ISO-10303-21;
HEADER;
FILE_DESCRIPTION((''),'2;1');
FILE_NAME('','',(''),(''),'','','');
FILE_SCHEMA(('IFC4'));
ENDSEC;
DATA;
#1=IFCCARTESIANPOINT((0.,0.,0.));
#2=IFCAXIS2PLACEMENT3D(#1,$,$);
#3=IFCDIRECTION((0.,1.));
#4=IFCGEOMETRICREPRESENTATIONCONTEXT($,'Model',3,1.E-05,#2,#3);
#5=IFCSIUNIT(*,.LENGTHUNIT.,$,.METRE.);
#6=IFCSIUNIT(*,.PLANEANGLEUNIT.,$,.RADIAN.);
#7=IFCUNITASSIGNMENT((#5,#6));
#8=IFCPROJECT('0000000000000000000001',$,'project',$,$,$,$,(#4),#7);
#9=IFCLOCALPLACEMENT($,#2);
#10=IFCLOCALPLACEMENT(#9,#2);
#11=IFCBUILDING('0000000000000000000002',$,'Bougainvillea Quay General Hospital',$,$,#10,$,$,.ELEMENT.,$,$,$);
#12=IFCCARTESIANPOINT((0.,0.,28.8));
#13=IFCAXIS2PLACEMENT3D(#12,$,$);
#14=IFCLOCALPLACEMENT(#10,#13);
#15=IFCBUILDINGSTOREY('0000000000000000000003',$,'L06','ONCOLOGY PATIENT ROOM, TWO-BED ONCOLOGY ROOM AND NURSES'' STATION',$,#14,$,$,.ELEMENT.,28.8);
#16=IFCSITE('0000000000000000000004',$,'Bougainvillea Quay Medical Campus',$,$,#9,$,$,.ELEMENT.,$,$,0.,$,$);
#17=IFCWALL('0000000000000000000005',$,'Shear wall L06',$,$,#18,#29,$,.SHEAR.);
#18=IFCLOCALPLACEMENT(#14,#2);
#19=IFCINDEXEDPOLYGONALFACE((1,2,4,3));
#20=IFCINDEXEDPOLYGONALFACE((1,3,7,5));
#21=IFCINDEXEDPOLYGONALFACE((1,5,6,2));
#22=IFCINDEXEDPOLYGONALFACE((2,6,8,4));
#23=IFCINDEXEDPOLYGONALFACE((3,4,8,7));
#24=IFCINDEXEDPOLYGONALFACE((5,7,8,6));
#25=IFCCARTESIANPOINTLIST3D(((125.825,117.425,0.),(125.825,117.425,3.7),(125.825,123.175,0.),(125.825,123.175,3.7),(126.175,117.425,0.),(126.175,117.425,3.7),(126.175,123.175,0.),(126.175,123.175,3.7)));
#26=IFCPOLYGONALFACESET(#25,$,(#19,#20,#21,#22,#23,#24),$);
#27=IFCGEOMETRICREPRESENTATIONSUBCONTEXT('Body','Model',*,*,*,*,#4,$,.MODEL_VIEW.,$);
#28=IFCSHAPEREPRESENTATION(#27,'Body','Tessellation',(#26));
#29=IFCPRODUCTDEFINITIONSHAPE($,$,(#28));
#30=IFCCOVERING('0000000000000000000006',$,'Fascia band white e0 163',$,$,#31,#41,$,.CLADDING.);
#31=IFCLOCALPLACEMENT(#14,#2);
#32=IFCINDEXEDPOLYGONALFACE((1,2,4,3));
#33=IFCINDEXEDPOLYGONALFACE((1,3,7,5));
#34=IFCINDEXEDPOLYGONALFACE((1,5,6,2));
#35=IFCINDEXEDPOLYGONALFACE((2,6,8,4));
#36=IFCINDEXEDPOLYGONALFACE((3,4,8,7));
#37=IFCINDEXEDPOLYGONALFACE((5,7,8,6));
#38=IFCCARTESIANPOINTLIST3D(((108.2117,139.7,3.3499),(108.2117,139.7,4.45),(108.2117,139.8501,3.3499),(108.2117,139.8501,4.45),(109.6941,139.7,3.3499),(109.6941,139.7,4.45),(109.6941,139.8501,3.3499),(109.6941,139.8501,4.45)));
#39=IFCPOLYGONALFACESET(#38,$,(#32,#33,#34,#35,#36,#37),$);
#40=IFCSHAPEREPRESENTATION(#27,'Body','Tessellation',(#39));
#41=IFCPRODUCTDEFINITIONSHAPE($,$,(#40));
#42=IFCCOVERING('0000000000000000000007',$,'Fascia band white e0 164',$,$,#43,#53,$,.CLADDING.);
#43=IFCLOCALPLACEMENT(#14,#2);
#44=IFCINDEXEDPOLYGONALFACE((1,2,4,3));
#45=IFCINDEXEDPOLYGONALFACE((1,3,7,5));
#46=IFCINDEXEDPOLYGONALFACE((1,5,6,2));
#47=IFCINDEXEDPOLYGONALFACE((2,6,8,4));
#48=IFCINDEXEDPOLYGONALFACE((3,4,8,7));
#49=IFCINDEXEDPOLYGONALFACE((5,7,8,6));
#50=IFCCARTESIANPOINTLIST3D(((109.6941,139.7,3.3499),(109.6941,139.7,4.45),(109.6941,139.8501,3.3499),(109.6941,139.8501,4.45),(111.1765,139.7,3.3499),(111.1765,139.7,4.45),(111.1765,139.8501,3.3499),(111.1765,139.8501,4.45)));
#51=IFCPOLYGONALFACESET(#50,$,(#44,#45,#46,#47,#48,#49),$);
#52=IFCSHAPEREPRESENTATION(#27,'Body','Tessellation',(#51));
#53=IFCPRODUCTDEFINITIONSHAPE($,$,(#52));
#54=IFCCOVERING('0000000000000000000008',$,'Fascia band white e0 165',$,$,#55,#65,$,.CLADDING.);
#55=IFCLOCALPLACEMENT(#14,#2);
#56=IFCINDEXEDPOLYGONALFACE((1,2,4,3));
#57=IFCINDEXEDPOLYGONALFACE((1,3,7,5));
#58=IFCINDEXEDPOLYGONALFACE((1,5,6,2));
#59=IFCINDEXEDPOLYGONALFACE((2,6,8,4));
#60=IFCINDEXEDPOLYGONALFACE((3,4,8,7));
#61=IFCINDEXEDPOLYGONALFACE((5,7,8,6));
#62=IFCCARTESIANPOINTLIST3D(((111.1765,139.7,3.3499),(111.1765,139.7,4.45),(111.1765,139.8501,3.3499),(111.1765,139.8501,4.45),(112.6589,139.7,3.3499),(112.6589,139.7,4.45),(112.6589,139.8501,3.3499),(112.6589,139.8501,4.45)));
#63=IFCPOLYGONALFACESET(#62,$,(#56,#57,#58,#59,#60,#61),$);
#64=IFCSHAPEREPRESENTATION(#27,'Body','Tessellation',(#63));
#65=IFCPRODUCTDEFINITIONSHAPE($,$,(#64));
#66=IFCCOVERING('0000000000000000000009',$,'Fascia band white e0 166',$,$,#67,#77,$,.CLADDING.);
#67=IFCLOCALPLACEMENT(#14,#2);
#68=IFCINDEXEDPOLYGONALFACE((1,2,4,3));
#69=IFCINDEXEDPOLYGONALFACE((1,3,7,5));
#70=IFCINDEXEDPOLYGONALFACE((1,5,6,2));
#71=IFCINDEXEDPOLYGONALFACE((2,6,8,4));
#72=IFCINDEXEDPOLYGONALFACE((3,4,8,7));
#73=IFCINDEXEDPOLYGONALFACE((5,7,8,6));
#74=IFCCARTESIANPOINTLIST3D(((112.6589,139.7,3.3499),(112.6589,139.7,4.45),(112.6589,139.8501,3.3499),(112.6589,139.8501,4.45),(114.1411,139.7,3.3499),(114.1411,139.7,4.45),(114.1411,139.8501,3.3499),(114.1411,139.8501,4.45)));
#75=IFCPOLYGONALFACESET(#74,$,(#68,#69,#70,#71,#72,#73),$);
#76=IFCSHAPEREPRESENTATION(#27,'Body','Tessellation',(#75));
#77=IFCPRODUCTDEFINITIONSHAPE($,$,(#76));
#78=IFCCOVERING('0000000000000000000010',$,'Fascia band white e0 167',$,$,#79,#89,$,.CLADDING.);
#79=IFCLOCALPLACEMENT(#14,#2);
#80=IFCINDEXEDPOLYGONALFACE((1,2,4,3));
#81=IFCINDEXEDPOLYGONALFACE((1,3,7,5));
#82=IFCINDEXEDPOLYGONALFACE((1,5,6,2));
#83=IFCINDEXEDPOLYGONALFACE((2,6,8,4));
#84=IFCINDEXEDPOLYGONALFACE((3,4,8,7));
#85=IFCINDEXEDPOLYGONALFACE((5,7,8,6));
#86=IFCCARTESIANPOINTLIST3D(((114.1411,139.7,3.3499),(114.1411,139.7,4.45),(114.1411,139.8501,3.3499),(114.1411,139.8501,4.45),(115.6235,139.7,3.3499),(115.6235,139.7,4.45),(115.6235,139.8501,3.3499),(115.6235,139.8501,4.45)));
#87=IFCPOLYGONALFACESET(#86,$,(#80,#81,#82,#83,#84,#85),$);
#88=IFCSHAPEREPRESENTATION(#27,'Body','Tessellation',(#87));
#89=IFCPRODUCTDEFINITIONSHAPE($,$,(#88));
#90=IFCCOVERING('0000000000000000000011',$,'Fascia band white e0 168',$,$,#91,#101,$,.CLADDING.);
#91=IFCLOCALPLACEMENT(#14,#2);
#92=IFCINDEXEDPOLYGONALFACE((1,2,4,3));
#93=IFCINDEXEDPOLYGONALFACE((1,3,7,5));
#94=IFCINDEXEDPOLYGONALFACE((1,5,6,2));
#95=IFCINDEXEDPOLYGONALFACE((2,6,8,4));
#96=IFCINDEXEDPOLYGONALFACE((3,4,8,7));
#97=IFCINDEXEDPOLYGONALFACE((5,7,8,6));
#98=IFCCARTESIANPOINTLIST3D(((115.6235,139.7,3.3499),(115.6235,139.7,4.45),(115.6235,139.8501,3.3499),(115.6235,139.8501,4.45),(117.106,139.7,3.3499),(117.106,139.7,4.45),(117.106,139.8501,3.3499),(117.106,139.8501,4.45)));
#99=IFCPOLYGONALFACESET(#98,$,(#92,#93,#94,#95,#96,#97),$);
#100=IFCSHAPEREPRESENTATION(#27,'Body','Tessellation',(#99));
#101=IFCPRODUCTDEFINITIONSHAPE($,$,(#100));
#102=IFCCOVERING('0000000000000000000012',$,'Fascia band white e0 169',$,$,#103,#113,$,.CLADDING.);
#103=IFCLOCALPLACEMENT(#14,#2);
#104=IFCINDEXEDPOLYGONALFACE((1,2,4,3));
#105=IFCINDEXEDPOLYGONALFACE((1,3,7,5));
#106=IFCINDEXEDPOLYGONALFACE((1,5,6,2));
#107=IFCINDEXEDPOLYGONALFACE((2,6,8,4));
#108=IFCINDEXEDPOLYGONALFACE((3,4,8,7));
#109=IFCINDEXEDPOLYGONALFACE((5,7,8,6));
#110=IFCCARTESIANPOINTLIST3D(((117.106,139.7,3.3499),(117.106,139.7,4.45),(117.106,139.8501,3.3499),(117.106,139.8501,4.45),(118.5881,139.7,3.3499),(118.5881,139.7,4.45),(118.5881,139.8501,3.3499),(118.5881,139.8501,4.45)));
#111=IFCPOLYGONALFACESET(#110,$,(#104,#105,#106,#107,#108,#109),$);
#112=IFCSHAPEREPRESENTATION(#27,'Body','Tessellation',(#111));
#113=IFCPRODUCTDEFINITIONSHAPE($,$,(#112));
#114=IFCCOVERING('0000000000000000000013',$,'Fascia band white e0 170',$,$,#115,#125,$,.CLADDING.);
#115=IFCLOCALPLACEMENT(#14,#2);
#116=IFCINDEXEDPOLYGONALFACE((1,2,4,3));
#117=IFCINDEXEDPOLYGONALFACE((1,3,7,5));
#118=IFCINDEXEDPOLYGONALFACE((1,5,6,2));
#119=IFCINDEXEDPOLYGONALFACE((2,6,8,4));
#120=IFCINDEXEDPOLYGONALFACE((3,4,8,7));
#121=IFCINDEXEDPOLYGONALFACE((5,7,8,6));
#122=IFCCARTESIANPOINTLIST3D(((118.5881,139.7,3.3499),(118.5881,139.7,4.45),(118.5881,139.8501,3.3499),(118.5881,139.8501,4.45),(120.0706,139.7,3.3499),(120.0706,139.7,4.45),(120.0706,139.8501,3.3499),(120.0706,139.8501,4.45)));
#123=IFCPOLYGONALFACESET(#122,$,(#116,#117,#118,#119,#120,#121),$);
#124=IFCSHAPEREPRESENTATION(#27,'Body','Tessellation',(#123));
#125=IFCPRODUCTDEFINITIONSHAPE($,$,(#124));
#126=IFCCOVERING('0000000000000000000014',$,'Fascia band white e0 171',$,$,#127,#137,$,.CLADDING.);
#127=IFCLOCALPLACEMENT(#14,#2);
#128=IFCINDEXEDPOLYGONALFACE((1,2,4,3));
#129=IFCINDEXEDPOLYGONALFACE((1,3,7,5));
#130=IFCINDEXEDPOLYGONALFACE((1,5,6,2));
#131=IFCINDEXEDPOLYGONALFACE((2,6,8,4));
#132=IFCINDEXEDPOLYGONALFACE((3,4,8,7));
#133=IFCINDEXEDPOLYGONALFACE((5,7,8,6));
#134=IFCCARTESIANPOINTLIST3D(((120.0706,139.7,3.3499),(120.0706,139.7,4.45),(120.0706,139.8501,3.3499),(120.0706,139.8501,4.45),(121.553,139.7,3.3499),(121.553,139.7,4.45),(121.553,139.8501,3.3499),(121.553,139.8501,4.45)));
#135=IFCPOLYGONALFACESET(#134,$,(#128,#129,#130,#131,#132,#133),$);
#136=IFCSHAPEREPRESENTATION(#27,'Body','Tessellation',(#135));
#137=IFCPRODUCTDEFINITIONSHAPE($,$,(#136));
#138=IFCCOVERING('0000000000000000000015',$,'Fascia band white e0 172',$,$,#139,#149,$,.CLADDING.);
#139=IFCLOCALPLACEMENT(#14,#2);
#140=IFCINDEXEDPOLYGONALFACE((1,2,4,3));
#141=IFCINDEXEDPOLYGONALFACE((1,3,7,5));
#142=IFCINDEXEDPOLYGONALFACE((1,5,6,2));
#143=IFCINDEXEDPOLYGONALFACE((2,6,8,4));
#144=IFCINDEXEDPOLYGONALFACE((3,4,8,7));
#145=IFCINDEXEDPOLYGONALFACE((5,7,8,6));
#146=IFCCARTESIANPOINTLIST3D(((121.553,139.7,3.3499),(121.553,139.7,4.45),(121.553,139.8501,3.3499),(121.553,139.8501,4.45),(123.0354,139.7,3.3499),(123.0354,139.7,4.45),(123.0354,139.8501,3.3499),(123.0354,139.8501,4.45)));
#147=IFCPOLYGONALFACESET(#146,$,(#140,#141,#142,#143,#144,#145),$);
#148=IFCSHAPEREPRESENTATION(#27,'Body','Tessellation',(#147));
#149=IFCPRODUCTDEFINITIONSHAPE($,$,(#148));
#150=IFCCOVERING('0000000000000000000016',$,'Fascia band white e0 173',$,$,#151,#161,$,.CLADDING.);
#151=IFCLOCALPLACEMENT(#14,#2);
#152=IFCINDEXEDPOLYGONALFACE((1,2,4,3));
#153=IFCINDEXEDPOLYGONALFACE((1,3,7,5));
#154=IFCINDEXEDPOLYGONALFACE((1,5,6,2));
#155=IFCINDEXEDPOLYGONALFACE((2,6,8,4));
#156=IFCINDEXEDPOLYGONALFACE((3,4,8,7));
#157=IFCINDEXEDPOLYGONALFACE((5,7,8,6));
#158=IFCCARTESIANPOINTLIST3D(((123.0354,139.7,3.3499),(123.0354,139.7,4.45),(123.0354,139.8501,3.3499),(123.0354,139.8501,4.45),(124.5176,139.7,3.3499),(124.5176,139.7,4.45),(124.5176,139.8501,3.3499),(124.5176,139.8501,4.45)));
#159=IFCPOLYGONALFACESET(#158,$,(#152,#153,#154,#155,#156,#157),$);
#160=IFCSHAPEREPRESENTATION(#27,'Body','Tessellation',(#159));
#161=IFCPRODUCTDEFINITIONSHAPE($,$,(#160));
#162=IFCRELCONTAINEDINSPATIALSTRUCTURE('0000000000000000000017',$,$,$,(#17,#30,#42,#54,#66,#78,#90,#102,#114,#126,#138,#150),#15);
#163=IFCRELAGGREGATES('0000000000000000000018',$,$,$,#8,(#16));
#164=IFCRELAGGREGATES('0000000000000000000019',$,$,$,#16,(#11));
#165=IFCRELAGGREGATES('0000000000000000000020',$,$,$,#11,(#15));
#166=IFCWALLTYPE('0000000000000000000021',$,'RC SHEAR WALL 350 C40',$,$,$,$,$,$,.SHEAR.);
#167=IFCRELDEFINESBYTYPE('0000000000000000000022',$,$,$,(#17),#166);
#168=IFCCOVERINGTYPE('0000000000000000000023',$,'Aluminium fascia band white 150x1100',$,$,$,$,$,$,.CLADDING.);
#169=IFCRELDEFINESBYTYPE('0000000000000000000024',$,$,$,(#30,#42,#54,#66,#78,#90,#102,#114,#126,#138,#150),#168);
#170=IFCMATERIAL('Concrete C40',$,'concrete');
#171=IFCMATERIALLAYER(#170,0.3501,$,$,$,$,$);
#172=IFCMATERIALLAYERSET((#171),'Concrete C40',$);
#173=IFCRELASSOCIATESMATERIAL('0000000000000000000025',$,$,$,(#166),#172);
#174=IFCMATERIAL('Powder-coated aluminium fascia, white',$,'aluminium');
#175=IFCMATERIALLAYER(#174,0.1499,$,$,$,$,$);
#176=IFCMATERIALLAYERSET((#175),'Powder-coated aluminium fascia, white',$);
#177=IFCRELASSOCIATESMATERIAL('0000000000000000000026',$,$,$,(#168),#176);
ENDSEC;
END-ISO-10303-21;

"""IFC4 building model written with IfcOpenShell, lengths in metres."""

from ifc_helpers import new_model, si_unit, direction, frame, frame_2d, origin, place, context, subcontext, project, spatial, polyline, rectangle, outline, extrude, material, layer, layer_set, type_object, element, save


model = new_model("IFC4")

# Units and contexts
model_context = context("Model", 3, precision=1e-05, world=origin(), true_north=direction((0.0, 1.0)))
body_context = subcontext(model_context, "Body", "Model", "MODEL_VIEW")
ifc_project = project(units=[si_unit("LENGTHUNIT", "METRE"), si_unit("PLANEANGLEUNIT", "RADIAN")], contexts=[model_context])

# Site, building, storey
site_placement = place(None, origin())
site = spatial("IfcSite", under=ifc_project, at=site_placement, Name="Bougainvillea Quay Medical Campus", CompositionType="ELEMENT", RefElevation=0.0)
building_placement = place(site_placement, origin())
building = spatial("IfcBuilding", under=site, at=building_placement, Name="Bougainvillea Quay General Hospital", CompositionType="ELEMENT")
storey_placement = place(building_placement, frame((0.0, 0.0, 28.8)))
storey = spatial("IfcBuildingStorey", under=building, at=storey_placement, Name="L06", Description="ONCOLOGY PATIENT ROOM, TWO-BED ONCOLOGY ROOM AND NURSES' STATION", CompositionType="ELEMENT", Elevation=28.8)

# Shared definitions
ifc_material_1 = material(Name="Concrete C40", Category="concrete")

# Shared definitions
ifc_layer_1 = layer(ifc_material_1, 0.3501)
ifc_layer_set_1 = layer_set([ifc_layer_1], Name="Concrete C40")
wall_type_1 = type_object("IfcWallType", Name="RC SHEAR WALL 350 C40", PredefinedType="SHEAR", material=ifc_layer_set_1)

# Wall
wall_1_placement = place(storey_placement, frame((126.0, 117.425, 0.0), z_axis=(0.0, 0.0, 1.0), x_axis=(0.0, 1.0, 0.0)))
element("IfcWall", 1, at=wall_1_placement, inside=storey, type_object=wall_type_1, Name="Shear wall L06", PredefinedType="SHEAR", context=body_context, shape_type="SweptSolid", body=[
    extrude(rectangle(XDim=5.75, YDim=0.3501, at=frame_2d((2.875, 0.0))), origin(), (0.0, 0.0, 1.0), 3.7),
])

# Coverings
ifc_material_2 = material(Name="Powder-coated aluminium fascia, white", Category="aluminium")
ifc_layer_2 = layer(ifc_material_2, 0.1499)
ifc_layer_set_2 = layer_set([ifc_layer_2], Name="Powder-coated aluminium fascia, white")
covering_type = type_object("IfcCoveringType", Name="Aluminium fascia band white 150x1100", PredefinedType="CLADDING", material=ifc_layer_set_2)
for number, where, z_axis, x_axis, name in (
    (2, (108.2117, 139.8501, 3.3499), (0.0, 0.0, 1.0), (1.0, 0.0, 0.0), "Fascia band white e0 163"),
    (3, (109.6941, 139.8501, 3.3499), (0.0, 0.0, 1.0), (1.0, 0.0, 0.0), "Fascia band white e0 164"),
    (4, (111.1765, 139.8501, 3.3499), (0.0, 0.0, 1.0), (1.0, 0.0, 0.0), "Fascia band white e0 165"),
):
    element("IfcCovering", number, at=place(storey_placement, frame(where, z_axis=z_axis, x_axis=x_axis)), inside=storey, type_object=covering_type, Name=name, PredefinedType="CLADDING", context=body_context, shape_type="SweptSolid", body=[
        extrude(outline(polyline([(0.0, 0.0), (1.4824, 0.0), (1.4824, -0.1501), (0.0, -0.1501), (0.0, 0.0)])), origin(), (0.0, 0.0, 1.0), 1.1001),
    ])
covering_1_placement = place(storey_placement, frame((112.6589, 139.8501, 3.3499), z_axis=(0.0, 0.0, 1.0), x_axis=(1.0, 0.0, 0.0)))
element("IfcCovering", 5, at=covering_1_placement, inside=storey, type_object=covering_type, Name="Fascia band white e0 166", PredefinedType="CLADDING", context=body_context, shape_type="SweptSolid", body=[
    extrude(outline(polyline([(0.0, 0.0), (1.4822, 0.0), (1.4822, -0.1501), (0.0, -0.1501), (0.0, 0.0)])), origin(), (0.0, 0.0, 1.0), 1.1001),
])
for number, where, z_axis, x_axis, name in (
    (6, (114.1411, 139.8501, 3.3499), (0.0, 0.0, 1.0), (1.0, 0.0, 0.0), "Fascia band white e0 167"),
    (7, (115.6235, 139.8501, 3.3499), (0.0, 0.0, 1.0), (1.0, 0.0, 0.0), "Fascia band white e0 168"),
):
    element("IfcCovering", number, at=place(storey_placement, frame(where, z_axis=z_axis, x_axis=x_axis)), inside=storey, type_object=covering_type, Name=name, PredefinedType="CLADDING", context=body_context, shape_type="SweptSolid", body=[
        extrude(outline(polyline([(0.0, 0.0), (1.4824, 0.0), (1.4824, -0.1501), (0.0, -0.1501), (0.0, 0.0)])), origin(), (0.0, 0.0, 1.0), 1.1001),
    ])
covering_2_placement = place(storey_placement, frame((117.106, 139.8501, 3.3499), z_axis=(0.0, 0.0, 1.0), x_axis=(1.0, 0.0, 0.0)))
element("IfcCovering", 8, at=covering_2_placement, inside=storey, type_object=covering_type, Name="Fascia band white e0 169", PredefinedType="CLADDING", context=body_context, shape_type="SweptSolid", body=[
    extrude(outline(polyline([(0.0, 0.0), (1.4822, 0.0), (1.4822, -0.1501), (0.0, -0.1501), (0.0, 0.0)])), origin(), (0.0, 0.0, 1.0), 1.1001),
])
for number, where, z_axis, x_axis, name in (
    (9, (118.5881, 139.8501, 3.3499), (0.0, 0.0, 1.0), (1.0, 0.0, 0.0), "Fascia band white e0 170"),
    (10, (120.0706, 139.8501, 3.3499), (0.0, 0.0, 1.0), (1.0, 0.0, 0.0), "Fascia band white e0 171"),
    (11, (121.553, 139.8501, 3.3499), (0.0, 0.0, 1.0), (1.0, 0.0, 0.0), "Fascia band white e0 172"),
):
    element("IfcCovering", number, at=place(storey_placement, frame(where, z_axis=z_axis, x_axis=x_axis)), inside=storey, type_object=covering_type, Name=name, PredefinedType="CLADDING", context=body_context, shape_type="SweptSolid", body=[
        extrude(outline(polyline([(0.0, 0.0), (1.4824, 0.0), (1.4824, -0.1501), (0.0, -0.1501), (0.0, 0.0)])), origin(), (0.0, 0.0, 1.0), 1.1001),
    ])
covering_3_placement = place(storey_placement, frame((123.0354, 139.8501, 3.3499), z_axis=(0.0, 0.0, 1.0), x_axis=(1.0, 0.0, 0.0)))
element("IfcCovering", 12, at=covering_3_placement, inside=storey, type_object=covering_type, Name="Fascia band white e0 173", PredefinedType="CLADDING", context=body_context, shape_type="SweptSolid", body=[
    extrude(outline(polyline([(0.0, 0.0), (1.4822, 0.0), (1.4822, -0.1501), (0.0, -0.1501), (0.0, 0.0)])), origin(), (0.0, 0.0, 1.0), 1.1001),
])

save(model, "model.ifc")
